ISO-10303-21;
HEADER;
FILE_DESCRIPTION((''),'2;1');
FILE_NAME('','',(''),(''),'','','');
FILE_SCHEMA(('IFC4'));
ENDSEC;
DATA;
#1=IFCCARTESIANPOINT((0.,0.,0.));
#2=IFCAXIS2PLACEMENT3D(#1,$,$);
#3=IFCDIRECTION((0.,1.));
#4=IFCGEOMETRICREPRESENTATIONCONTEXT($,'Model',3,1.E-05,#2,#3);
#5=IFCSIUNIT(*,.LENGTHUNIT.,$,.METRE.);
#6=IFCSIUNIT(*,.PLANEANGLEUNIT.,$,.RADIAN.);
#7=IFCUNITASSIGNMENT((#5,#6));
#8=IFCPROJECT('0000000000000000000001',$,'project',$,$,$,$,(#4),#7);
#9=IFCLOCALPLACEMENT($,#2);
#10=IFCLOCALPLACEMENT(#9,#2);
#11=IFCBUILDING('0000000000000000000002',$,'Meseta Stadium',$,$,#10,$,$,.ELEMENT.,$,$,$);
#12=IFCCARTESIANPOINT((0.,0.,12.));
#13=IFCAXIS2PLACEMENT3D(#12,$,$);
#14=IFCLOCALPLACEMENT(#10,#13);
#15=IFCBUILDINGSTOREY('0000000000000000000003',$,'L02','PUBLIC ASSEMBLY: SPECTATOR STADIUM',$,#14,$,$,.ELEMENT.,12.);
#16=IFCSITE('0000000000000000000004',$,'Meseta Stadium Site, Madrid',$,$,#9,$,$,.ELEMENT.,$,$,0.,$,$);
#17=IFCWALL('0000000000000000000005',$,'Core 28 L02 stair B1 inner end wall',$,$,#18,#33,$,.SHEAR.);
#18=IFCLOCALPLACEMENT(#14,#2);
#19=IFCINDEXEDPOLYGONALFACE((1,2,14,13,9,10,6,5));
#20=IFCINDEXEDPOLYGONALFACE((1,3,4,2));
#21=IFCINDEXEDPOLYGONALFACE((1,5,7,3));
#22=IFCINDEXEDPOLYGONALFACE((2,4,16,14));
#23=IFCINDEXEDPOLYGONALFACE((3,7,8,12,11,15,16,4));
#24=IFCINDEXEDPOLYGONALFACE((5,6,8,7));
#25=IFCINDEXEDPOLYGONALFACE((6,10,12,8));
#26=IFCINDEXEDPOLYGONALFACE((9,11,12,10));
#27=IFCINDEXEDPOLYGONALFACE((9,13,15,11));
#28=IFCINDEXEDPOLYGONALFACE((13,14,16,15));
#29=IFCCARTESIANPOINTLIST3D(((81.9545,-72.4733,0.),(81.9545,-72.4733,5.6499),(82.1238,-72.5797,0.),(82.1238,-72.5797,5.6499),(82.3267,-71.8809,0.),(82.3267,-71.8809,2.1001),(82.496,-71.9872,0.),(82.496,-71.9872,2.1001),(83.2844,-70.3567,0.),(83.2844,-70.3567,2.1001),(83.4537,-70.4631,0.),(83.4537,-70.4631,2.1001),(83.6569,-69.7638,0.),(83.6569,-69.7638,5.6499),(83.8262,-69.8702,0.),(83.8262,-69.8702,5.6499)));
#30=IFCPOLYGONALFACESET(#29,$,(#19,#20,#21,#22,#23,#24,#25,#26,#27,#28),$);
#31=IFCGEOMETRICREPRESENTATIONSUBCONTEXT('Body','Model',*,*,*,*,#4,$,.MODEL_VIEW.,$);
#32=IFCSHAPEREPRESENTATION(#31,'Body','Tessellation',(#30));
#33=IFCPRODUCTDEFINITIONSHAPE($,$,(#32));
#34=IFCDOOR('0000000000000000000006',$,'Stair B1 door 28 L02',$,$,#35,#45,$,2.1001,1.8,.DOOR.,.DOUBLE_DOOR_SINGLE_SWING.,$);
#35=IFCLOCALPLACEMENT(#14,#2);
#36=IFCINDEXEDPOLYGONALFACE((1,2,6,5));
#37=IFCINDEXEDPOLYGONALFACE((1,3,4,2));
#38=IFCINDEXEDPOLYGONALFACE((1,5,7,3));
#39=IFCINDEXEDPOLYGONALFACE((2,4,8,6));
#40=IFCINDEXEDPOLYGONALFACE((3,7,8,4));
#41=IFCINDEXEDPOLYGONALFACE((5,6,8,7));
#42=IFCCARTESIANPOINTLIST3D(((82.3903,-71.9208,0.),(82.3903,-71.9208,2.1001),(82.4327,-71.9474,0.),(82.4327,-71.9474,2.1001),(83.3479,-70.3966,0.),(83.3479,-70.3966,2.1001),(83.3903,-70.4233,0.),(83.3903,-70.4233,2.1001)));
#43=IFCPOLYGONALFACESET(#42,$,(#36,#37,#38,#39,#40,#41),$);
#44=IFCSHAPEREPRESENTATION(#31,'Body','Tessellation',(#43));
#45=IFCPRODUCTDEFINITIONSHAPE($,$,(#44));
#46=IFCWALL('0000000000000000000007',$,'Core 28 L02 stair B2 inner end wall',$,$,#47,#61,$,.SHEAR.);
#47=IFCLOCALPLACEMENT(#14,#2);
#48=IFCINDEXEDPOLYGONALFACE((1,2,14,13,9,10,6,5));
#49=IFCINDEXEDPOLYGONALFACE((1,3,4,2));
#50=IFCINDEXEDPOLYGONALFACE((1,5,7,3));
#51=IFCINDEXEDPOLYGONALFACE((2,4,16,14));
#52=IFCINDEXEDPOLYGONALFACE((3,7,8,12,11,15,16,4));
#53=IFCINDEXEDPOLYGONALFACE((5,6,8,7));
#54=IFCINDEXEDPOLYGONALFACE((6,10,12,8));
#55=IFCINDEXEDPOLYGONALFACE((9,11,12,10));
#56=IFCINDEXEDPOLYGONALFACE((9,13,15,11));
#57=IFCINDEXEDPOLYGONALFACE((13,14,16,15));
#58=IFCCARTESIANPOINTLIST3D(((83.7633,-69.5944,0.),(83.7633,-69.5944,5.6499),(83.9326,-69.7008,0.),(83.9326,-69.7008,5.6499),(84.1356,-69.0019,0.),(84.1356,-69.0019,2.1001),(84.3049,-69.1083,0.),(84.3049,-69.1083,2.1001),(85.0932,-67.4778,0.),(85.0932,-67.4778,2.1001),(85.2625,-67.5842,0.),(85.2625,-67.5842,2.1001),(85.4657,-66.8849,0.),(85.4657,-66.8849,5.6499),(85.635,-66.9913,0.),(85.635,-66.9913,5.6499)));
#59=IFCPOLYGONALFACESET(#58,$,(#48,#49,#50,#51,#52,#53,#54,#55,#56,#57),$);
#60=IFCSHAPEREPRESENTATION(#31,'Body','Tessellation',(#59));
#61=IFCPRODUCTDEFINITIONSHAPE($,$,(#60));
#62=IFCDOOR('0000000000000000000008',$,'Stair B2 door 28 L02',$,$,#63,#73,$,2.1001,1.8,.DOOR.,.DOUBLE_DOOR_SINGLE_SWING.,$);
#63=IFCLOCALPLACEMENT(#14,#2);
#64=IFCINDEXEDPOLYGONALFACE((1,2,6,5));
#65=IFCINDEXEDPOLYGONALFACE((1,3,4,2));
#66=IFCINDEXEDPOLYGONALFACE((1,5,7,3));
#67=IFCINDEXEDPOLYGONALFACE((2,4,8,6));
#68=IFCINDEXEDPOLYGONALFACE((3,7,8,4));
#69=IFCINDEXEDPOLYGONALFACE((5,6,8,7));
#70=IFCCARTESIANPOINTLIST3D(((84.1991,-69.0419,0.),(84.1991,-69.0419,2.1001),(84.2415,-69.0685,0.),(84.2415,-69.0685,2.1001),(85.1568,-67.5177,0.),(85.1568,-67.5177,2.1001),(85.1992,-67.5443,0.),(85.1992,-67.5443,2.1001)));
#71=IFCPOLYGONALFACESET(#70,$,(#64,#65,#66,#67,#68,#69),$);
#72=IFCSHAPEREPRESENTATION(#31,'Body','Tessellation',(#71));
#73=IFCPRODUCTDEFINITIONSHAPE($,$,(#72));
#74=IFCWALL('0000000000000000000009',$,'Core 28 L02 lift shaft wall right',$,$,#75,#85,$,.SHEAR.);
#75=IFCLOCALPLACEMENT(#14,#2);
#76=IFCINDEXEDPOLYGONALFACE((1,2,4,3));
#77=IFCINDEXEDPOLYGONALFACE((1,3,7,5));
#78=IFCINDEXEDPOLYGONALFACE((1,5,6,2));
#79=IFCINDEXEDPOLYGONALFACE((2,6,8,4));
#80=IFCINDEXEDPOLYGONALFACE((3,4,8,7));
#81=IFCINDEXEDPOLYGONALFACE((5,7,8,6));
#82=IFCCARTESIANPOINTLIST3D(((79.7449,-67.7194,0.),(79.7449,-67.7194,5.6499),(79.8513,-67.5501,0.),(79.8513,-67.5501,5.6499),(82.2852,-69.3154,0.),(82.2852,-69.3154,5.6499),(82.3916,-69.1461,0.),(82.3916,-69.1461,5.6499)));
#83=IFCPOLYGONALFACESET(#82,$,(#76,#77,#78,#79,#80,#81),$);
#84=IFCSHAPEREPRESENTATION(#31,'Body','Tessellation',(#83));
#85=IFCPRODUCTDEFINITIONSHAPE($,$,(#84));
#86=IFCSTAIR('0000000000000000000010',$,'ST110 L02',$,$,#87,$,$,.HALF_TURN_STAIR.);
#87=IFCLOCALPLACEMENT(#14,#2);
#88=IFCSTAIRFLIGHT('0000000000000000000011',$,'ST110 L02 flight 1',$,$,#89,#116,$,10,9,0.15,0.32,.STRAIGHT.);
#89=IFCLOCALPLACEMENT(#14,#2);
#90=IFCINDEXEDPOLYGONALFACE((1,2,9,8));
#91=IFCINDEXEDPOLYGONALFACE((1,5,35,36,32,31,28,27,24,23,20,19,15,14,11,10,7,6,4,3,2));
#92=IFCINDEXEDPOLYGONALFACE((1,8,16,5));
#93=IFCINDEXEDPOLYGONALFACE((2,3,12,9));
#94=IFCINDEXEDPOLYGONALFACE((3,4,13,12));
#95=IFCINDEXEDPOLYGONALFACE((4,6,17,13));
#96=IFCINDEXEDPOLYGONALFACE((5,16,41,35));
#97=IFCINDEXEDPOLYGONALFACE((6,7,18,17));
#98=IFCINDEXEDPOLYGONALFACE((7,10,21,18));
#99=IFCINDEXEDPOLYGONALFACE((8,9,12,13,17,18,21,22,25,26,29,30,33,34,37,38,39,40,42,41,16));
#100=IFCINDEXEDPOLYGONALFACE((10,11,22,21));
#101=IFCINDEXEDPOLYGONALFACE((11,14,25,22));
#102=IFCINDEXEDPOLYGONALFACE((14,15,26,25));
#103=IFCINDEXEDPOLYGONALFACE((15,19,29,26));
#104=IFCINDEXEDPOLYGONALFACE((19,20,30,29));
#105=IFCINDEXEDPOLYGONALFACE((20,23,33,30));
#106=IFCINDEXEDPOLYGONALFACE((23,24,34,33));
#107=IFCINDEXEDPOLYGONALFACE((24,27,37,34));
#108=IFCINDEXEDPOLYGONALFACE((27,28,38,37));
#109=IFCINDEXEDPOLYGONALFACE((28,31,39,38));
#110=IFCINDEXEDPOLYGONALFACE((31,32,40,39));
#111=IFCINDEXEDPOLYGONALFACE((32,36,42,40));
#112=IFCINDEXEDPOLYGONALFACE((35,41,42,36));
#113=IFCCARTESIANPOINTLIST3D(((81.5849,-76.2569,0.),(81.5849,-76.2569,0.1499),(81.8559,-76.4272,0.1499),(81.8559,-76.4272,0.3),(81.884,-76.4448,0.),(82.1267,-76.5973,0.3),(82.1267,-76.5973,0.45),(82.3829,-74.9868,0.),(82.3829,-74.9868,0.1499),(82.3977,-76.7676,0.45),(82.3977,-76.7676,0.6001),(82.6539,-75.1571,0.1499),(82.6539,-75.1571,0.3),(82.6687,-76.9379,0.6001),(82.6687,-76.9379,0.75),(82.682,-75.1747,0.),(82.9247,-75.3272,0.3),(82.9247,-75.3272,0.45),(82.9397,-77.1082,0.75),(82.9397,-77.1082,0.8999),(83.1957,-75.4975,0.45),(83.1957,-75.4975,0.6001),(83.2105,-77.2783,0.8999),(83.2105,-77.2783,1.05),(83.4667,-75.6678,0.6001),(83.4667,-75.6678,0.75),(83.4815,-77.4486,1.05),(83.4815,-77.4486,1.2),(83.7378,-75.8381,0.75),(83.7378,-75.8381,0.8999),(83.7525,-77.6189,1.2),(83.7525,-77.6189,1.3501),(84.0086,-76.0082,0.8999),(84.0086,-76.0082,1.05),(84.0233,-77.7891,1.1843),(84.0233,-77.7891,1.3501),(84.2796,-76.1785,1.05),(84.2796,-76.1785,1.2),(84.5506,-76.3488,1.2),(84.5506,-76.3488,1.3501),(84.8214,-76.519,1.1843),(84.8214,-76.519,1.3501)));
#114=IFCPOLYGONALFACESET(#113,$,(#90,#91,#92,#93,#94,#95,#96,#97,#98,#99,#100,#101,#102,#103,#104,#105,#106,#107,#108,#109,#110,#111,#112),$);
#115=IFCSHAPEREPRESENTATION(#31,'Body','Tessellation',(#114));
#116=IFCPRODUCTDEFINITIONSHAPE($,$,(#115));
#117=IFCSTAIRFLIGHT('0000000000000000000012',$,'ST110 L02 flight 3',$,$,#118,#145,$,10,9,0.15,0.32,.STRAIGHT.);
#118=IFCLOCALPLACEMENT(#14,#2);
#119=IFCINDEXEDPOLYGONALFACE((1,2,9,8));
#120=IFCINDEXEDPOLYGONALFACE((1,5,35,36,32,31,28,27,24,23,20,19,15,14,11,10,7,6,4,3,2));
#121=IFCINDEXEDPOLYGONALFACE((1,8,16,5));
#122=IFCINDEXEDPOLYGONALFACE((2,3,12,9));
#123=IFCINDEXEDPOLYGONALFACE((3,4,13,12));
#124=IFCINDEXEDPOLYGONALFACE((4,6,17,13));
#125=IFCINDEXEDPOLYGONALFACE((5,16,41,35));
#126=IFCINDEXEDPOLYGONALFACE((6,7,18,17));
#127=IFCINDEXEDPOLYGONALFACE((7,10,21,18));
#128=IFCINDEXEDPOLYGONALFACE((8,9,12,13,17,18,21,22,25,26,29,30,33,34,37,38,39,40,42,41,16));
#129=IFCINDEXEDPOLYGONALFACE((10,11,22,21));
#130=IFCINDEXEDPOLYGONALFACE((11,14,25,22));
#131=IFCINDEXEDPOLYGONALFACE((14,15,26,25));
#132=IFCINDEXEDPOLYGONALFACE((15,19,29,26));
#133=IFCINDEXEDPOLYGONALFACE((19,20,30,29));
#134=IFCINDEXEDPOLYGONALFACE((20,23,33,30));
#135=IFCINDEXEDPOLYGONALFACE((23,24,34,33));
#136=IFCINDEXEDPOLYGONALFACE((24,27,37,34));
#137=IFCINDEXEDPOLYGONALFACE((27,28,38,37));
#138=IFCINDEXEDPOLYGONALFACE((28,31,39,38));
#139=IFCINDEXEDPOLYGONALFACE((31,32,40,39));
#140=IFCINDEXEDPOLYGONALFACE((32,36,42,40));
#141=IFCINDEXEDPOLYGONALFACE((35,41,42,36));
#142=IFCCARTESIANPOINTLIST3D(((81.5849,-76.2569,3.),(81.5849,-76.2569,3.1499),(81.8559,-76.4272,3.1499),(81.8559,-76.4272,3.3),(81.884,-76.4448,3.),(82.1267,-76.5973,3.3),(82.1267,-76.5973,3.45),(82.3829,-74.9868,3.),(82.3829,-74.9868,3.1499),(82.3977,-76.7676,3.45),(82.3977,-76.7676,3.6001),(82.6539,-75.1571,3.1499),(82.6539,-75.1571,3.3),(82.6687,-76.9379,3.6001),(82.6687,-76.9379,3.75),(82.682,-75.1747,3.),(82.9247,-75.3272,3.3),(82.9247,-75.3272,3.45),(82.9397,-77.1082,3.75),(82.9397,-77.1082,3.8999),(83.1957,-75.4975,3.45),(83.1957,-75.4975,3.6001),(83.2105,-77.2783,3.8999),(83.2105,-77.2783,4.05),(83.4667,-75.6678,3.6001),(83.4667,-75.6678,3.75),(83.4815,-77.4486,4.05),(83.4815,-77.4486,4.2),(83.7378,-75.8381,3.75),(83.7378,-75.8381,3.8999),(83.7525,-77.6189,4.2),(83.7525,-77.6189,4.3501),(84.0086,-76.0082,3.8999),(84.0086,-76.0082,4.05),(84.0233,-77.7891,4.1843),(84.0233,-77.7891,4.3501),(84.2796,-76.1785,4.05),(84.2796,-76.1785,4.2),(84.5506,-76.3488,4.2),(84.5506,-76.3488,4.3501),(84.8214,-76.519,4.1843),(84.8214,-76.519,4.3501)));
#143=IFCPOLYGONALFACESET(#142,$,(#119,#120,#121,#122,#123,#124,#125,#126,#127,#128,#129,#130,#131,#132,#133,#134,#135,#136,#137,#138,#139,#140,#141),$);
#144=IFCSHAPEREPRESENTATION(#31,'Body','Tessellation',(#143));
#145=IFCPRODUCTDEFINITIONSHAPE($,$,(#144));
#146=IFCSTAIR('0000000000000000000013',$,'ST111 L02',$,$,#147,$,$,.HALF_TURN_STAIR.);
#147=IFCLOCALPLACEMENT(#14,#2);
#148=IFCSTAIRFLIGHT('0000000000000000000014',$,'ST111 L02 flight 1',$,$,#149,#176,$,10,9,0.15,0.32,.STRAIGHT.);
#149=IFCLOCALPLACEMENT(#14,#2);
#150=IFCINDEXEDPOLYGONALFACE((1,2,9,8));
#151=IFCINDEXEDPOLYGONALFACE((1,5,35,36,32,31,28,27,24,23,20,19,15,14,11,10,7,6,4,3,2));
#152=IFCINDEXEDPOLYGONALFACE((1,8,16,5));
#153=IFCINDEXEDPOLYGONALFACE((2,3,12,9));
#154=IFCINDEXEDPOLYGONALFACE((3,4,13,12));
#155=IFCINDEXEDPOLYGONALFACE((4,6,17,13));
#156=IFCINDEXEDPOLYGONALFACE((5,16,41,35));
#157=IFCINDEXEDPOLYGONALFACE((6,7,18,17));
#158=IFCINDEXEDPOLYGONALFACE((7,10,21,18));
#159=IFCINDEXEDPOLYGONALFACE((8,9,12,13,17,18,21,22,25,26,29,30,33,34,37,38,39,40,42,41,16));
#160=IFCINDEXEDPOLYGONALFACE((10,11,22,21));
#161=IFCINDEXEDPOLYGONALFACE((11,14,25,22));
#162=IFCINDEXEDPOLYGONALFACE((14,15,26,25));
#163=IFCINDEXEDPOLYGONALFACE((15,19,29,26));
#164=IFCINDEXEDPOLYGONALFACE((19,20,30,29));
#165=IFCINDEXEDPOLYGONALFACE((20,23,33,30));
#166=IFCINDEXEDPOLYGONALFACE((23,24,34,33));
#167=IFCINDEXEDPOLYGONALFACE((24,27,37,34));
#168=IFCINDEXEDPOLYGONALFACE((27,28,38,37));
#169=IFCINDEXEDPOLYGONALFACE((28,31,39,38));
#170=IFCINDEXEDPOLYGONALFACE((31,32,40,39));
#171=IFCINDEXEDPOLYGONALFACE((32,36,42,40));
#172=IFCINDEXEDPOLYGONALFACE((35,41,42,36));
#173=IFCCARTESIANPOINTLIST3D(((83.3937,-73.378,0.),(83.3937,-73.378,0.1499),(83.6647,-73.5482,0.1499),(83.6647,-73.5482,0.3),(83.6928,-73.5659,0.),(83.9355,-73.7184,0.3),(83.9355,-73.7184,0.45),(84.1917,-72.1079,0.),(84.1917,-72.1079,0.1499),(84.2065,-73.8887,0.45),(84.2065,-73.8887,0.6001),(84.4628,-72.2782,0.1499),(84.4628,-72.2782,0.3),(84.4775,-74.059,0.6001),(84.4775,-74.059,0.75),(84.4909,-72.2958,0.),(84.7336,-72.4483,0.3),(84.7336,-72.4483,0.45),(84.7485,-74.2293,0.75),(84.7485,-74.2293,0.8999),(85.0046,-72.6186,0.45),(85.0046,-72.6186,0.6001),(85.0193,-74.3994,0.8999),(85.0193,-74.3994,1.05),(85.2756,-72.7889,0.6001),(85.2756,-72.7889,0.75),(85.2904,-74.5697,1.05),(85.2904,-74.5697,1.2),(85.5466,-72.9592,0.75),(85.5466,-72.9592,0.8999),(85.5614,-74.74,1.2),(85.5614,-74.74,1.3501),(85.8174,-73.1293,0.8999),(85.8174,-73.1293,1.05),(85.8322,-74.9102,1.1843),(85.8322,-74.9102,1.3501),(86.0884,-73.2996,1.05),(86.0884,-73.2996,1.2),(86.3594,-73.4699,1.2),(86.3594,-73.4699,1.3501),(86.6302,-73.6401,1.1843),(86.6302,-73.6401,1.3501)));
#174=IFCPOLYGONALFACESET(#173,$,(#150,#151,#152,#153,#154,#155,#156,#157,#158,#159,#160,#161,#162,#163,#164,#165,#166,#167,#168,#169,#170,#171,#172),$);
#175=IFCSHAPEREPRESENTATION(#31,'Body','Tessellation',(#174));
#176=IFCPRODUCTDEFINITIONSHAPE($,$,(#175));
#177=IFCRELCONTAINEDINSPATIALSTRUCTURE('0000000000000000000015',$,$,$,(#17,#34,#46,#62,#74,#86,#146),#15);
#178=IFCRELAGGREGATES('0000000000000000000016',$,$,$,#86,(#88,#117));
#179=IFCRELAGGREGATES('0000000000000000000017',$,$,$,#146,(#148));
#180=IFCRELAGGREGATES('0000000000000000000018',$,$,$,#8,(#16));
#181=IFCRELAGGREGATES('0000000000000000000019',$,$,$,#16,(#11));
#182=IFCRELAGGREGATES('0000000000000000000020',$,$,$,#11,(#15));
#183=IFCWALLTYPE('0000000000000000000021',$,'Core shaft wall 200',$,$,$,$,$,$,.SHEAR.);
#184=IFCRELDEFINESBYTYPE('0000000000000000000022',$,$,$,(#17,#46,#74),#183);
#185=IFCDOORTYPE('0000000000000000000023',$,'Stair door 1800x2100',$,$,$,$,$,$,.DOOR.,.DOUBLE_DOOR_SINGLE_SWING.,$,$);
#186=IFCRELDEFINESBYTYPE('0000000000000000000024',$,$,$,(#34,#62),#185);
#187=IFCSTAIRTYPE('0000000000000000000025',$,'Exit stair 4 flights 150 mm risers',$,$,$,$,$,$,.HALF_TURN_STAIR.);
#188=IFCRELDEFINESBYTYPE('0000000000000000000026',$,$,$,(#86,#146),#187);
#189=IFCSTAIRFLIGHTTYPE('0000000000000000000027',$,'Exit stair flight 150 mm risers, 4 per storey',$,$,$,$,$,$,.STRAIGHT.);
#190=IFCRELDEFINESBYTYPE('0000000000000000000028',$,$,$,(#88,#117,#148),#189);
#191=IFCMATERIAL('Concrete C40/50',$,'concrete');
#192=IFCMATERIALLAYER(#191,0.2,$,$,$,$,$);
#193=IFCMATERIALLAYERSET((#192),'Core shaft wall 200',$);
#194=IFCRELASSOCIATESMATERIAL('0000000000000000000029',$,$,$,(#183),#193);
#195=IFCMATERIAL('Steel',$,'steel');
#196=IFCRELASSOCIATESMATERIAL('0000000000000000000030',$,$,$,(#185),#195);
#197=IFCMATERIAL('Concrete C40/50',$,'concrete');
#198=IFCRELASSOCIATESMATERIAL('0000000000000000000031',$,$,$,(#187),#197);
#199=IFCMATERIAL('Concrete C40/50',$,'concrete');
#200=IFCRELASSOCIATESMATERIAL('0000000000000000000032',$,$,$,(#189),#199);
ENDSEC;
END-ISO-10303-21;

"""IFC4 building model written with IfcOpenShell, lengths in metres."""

from ifc_helpers import new_model, si_unit, direction, frame, frame_2d, origin, place, context, subcontext, project, spatial, polyline, rectangle, outline, extrude, material, layer, layer_set, type_object, element, fill, aggregate, save


model = new_model("IFC4")

# Units and contexts
model_context = context("Model", 3, precision=1e-05, world=origin(), true_north=direction((0.0, 1.0)))
body_context = subcontext(model_context, "Body", "Model", "MODEL_VIEW")
ifc_project = project(units=[si_unit("LENGTHUNIT", "METRE"), si_unit("PLANEANGLEUNIT", "RADIAN")], contexts=[model_context])

# Site, building, storey
site_placement = place(None, origin())
site = spatial("IfcSite", under=ifc_project, at=site_placement, Name="Meseta Stadium Site, Madrid", CompositionType="ELEMENT", RefElevation=0.0)
building_placement = place(site_placement, origin())
building = spatial("IfcBuilding", under=site, at=building_placement, Name="Meseta Stadium", CompositionType="ELEMENT")
storey_placement = place(building_placement, frame((0.0, 0.0, 12.0)))
storey = spatial("IfcBuildingStorey", under=building, at=storey_placement, Name="L02", Description="PUBLIC ASSEMBLY: SPECTATOR STADIUM", CompositionType="ELEMENT", Elevation=12.0)

# Walls, openings, doors
ifc_material_1 = material(Name="Concrete C40/50", Category="concrete")
ifc_layer = layer(ifc_material_1, 0.2)
ifc_layer_set = layer_set([ifc_layer], Name="Core shaft wall 200")
wall_type = type_object("IfcWallType", Name="Core shaft wall 200", PredefinedType="SHEAR", material=ifc_layer_set)
wall_1_placement = place(storey_placement, frame((82.0391, -72.5266, 0.0), z_axis=(0.0, 0.0, 1.0), x_axis=(0.532014, 0.846736, 0.0)))
wall_1 = element("IfcWall", 1, at=wall_1_placement, inside=storey, type_object=wall_type, Name="Core 28 L02 stair B1 inner end wall", PredefinedType="SHEAR", context=body_context, shape_type="SweptSolid", body=[
    extrude(rectangle(XDim=3.2, YDim=0.2, at=frame_2d((1.6001, 0.0))), origin(), (0.0, 0.0, 1.0), 5.6499),
])
opening_1_placement = place(wall_1_placement, frame((0.7, 0.0, 0.0)))
opening_1 = element("IfcOpeningElement", 2, at=opening_1_placement, cuts=wall_1, PredefinedType="OPENING", context=body_context, shape_type="SweptSolid", body=[
    extrude(rectangle(XDim=1.8, YDim=2.1001, at=frame_2d((0.8999, 1.05))), frame((0.0, 0.1099, 0.0), z_axis=(0.0, -1.0, 0.0), x_axis=(1.0, 0.0, 0.0)), (0.0, 0.0, 1.0), 0.22),
])
ifc_material_2 = material(Name="Steel", Category="steel")
door_type = type_object("IfcDoorType", Name="Stair door 1800x2100", OperationType="DOUBLE_DOOR_SINGLE_SWING", PredefinedType="DOOR", material=ifc_material_2)
door_1_placement = place(opening_1_placement, origin())
door_1 = element("IfcDoor", 3, at=door_1_placement, inside=storey, type_object=door_type, Name="Stair B1 door 28 L02", OperationType="DOUBLE_DOOR_SINGLE_SWING", OverallHeight=2.1001, OverallWidth=1.8, PredefinedType="DOOR", context=body_context, shape_type="SweptSolid", body=[
    extrude(rectangle(XDim=1.8, YDim=2.1001, at=frame_2d((0.8999, 1.05))), frame((0.0, 0.0249, 0.0), z_axis=(0.0, -1.0, 0.0), x_axis=(1.0, 0.0, 0.0)), (0.0, 0.0, 1.0), 0.05),
])
fill(opening_1, door_1)
wall_2_placement = place(storey_placement, frame((83.8479, -69.6477, 0.0), z_axis=(0.0, 0.0, 1.0), x_axis=(0.532014, 0.846736, 0.0)))
wall_2 = element("IfcWall", 4, at=wall_2_placement, inside=storey, type_object=wall_type, Name="Core 28 L02 stair B2 inner end wall", PredefinedType="SHEAR", context=body_context, shape_type="SweptSolid", body=[
    extrude(rectangle(XDim=3.2, YDim=0.2, at=frame_2d((1.6001, 0.0))), origin(), (0.0, 0.0, 1.0), 5.6499),
])
opening_2_placement = place(wall_2_placement, frame((0.7, 0.0, 0.0)))
opening_2 = element("IfcOpeningElement", 5, at=opening_2_placement, cuts=wall_2, PredefinedType="OPENING", context=body_context, shape_type="SweptSolid", body=[
    extrude(rectangle(XDim=1.8, YDim=2.1001, at=frame_2d((0.8999, 1.05))), frame((0.0, 0.1099, 0.0), z_axis=(0.0, -1.0, 0.0), x_axis=(1.0, 0.0, 0.0)), (0.0, 0.0, 1.0), 0.22),
])
door_2_placement = place(opening_2_placement, origin())
door_2 = element("IfcDoor", 6, at=door_2_placement, inside=storey, type_object=door_type, Name="Stair B2 door 28 L02", OperationType="DOUBLE_DOOR_SINGLE_SWING", OverallHeight=2.1001, OverallWidth=1.8, PredefinedType="DOOR", context=body_context, shape_type="SweptSolid", body=[
    extrude(rectangle(XDim=1.8, YDim=2.1001, at=frame_2d((0.8999, 1.05))), frame((0.0, 0.0249, 0.0), z_axis=(0.0, -1.0, 0.0), x_axis=(1.0, 0.0, 0.0)), (0.0, 0.0, 1.0), 0.05),
])
fill(opening_2, door_2)

# Wall
wall_3_placement = place(storey_placement, frame((82.3384, -69.2307, 0.0), z_axis=(0.0, 0.0, 1.0), x_axis=(-0.846757, 0.53198, 0.0)))
element("IfcWall", 7, at=wall_3_placement, inside=storey, type_object=wall_type, Name="Core 28 L02 lift shaft wall right", PredefinedType="SHEAR", context=body_context, shape_type="SweptSolid", body=[
    extrude(rectangle(XDim=3.0, YDim=0.2, at=frame_2d((1.5, 0.0))), origin(), (0.0, 0.0, 1.0), 5.6499),
])

# Stairs, stair flights
ifc_material_3 = material(Name="Concrete C40/50", Category="concrete")
stair_type = type_object("IfcStairType", Name="Exit stair 4 flights 150 mm risers", PredefinedType="HALF_TURN_STAIR", material=ifc_material_3)
stair_1_placement = place(storey_placement, origin())
stair_1 = element("IfcStair", 8, at=stair_1_placement, inside=storey, type_object=stair_type, Name="ST110 L02", PredefinedType="HALF_TURN_STAIR")
ifc_material_4 = material(Name="Concrete C40/50", Category="concrete")
stair_flight_type = type_object("IfcStairFlightType", Name="Exit stair flight 150 mm risers, 4 per storey", PredefinedType="STRAIGHT", material=ifc_material_4)
stair_flight_1_placement = place(storey_placement, frame((81.9839, -75.6218, 0.0), z_axis=(0.0, 0.0, 1.0), x_axis=(0.846724, -0.532032, 0.0)))
stair_flight_1 = element("IfcStairFlight", 9, at=stair_flight_1_placement, type_object=stair_flight_type, Name="ST110 L02 flight 1", NumberOfRisers=10, NumberOfTreads=9, PredefinedType="STRAIGHT", RiserHeight=0.15, TreadLength=0.32, context=body_context, shape_type="SweptSolid", body=[
    extrude(outline(polyline([(0.0, 0.0), (0.0, 0.1499), (0.3201, 0.1499), (0.3201, 0.3), (0.6399, 0.3), (0.6399, 0.45), (0.96, 0.45), (0.96, 0.6001), (1.28, 0.6001), (1.28, 0.75), (1.6001, 0.75), (1.6001, 0.8999), (1.9199, 0.8999), (1.9199, 1.05), (2.24, 1.05), (2.24, 1.2), (2.5601, 1.2), (2.5601, 1.3501), (2.8799, 1.3501), (2.8799, 1.1843), (0.3533, 0.0), (0.0, 0.0)])), frame((0.0, 0.75, 0.0), z_axis=(0.0, -1.0, 0.0), x_axis=(1.0, 0.0, 0.0)), (0.0, 0.0, 1.0), 1.5),
])
stair_flight_2_placement = place(storey_placement, frame((81.9839, -75.6218, 3.0), z_axis=(0.0, 0.0, 1.0), x_axis=(0.846724, -0.532032, 0.0)))
stair_flight_2 = element("IfcStairFlight", 10, at=stair_flight_2_placement, type_object=stair_flight_type, Name="ST110 L02 flight 3", NumberOfRisers=10, NumberOfTreads=9, PredefinedType="STRAIGHT", RiserHeight=0.15, TreadLength=0.32, context=body_context, shape_type="SweptSolid", body=[
    extrude(outline(polyline([(0.0, 0.0), (0.0, 0.1499), (0.3201, 0.1499), (0.3201, 0.3), (0.6399, 0.3), (0.6399, 0.45), (0.96, 0.45), (0.96, 0.6001), (1.28, 0.6001), (1.28, 0.75), (1.6001, 0.75), (1.6001, 0.8999), (1.9199, 0.8999), (1.9199, 1.05), (2.24, 1.05), (2.24, 1.2), (2.5601, 1.2), (2.5601, 1.3501), (2.8799, 1.3501), (2.8799, 1.1843), (0.3533, 0.0), (0.0, 0.0)])), frame((0.0, 0.75, 0.0), z_axis=(0.0, -1.0, 0.0), x_axis=(1.0, 0.0, 0.0)), (0.0, 0.0, 1.0), 1.5),
])
aggregate(stair_1, [stair_flight_1, stair_flight_2])
stair_2_placement = place(storey_placement, origin())
stair_2 = element("IfcStair", 11, at=stair_2_placement, inside=storey, type_object=stair_type, Name="ST111 L02", PredefinedType="HALF_TURN_STAIR")
stair_flight_3_placement = place(storey_placement, frame((83.7927, -72.7429, 0.0), z_axis=(0.0, 0.0, 1.0), x_axis=(0.846724, -0.532032, 0.0)))
stair_flight_3 = element("IfcStairFlight", 12, at=stair_flight_3_placement, type_object=stair_flight_type, Name="ST111 L02 flight 1", NumberOfRisers=10, NumberOfTreads=9, PredefinedType="STRAIGHT", RiserHeight=0.15, TreadLength=0.32, context=body_context, shape_type="SweptSolid", body=[
    extrude(outline(polyline([(0.0, 0.0), (0.0, 0.1499), (0.3201, 0.1499), (0.3201, 0.3), (0.6399, 0.3), (0.6399, 0.45), (0.96, 0.45), (0.96, 0.6001), (1.28, 0.6001), (1.28, 0.75), (1.6001, 0.75), (1.6001, 0.8999), (1.9199, 0.8999), (1.9199, 1.05), (2.24, 1.05), (2.24, 1.2), (2.5601, 1.2), (2.5601, 1.3501), (2.8799, 1.3501), (2.8799, 1.1843), (0.3533, 0.0), (0.0, 0.0)])), frame((0.0, 0.75, 0.0), z_axis=(0.0, -1.0, 0.0), x_axis=(1.0, 0.0, 0.0)), (0.0, 0.0, 1.0), 1.5),
])
aggregate(stair_2, [stair_flight_3])

save(model, "model.ifc")
